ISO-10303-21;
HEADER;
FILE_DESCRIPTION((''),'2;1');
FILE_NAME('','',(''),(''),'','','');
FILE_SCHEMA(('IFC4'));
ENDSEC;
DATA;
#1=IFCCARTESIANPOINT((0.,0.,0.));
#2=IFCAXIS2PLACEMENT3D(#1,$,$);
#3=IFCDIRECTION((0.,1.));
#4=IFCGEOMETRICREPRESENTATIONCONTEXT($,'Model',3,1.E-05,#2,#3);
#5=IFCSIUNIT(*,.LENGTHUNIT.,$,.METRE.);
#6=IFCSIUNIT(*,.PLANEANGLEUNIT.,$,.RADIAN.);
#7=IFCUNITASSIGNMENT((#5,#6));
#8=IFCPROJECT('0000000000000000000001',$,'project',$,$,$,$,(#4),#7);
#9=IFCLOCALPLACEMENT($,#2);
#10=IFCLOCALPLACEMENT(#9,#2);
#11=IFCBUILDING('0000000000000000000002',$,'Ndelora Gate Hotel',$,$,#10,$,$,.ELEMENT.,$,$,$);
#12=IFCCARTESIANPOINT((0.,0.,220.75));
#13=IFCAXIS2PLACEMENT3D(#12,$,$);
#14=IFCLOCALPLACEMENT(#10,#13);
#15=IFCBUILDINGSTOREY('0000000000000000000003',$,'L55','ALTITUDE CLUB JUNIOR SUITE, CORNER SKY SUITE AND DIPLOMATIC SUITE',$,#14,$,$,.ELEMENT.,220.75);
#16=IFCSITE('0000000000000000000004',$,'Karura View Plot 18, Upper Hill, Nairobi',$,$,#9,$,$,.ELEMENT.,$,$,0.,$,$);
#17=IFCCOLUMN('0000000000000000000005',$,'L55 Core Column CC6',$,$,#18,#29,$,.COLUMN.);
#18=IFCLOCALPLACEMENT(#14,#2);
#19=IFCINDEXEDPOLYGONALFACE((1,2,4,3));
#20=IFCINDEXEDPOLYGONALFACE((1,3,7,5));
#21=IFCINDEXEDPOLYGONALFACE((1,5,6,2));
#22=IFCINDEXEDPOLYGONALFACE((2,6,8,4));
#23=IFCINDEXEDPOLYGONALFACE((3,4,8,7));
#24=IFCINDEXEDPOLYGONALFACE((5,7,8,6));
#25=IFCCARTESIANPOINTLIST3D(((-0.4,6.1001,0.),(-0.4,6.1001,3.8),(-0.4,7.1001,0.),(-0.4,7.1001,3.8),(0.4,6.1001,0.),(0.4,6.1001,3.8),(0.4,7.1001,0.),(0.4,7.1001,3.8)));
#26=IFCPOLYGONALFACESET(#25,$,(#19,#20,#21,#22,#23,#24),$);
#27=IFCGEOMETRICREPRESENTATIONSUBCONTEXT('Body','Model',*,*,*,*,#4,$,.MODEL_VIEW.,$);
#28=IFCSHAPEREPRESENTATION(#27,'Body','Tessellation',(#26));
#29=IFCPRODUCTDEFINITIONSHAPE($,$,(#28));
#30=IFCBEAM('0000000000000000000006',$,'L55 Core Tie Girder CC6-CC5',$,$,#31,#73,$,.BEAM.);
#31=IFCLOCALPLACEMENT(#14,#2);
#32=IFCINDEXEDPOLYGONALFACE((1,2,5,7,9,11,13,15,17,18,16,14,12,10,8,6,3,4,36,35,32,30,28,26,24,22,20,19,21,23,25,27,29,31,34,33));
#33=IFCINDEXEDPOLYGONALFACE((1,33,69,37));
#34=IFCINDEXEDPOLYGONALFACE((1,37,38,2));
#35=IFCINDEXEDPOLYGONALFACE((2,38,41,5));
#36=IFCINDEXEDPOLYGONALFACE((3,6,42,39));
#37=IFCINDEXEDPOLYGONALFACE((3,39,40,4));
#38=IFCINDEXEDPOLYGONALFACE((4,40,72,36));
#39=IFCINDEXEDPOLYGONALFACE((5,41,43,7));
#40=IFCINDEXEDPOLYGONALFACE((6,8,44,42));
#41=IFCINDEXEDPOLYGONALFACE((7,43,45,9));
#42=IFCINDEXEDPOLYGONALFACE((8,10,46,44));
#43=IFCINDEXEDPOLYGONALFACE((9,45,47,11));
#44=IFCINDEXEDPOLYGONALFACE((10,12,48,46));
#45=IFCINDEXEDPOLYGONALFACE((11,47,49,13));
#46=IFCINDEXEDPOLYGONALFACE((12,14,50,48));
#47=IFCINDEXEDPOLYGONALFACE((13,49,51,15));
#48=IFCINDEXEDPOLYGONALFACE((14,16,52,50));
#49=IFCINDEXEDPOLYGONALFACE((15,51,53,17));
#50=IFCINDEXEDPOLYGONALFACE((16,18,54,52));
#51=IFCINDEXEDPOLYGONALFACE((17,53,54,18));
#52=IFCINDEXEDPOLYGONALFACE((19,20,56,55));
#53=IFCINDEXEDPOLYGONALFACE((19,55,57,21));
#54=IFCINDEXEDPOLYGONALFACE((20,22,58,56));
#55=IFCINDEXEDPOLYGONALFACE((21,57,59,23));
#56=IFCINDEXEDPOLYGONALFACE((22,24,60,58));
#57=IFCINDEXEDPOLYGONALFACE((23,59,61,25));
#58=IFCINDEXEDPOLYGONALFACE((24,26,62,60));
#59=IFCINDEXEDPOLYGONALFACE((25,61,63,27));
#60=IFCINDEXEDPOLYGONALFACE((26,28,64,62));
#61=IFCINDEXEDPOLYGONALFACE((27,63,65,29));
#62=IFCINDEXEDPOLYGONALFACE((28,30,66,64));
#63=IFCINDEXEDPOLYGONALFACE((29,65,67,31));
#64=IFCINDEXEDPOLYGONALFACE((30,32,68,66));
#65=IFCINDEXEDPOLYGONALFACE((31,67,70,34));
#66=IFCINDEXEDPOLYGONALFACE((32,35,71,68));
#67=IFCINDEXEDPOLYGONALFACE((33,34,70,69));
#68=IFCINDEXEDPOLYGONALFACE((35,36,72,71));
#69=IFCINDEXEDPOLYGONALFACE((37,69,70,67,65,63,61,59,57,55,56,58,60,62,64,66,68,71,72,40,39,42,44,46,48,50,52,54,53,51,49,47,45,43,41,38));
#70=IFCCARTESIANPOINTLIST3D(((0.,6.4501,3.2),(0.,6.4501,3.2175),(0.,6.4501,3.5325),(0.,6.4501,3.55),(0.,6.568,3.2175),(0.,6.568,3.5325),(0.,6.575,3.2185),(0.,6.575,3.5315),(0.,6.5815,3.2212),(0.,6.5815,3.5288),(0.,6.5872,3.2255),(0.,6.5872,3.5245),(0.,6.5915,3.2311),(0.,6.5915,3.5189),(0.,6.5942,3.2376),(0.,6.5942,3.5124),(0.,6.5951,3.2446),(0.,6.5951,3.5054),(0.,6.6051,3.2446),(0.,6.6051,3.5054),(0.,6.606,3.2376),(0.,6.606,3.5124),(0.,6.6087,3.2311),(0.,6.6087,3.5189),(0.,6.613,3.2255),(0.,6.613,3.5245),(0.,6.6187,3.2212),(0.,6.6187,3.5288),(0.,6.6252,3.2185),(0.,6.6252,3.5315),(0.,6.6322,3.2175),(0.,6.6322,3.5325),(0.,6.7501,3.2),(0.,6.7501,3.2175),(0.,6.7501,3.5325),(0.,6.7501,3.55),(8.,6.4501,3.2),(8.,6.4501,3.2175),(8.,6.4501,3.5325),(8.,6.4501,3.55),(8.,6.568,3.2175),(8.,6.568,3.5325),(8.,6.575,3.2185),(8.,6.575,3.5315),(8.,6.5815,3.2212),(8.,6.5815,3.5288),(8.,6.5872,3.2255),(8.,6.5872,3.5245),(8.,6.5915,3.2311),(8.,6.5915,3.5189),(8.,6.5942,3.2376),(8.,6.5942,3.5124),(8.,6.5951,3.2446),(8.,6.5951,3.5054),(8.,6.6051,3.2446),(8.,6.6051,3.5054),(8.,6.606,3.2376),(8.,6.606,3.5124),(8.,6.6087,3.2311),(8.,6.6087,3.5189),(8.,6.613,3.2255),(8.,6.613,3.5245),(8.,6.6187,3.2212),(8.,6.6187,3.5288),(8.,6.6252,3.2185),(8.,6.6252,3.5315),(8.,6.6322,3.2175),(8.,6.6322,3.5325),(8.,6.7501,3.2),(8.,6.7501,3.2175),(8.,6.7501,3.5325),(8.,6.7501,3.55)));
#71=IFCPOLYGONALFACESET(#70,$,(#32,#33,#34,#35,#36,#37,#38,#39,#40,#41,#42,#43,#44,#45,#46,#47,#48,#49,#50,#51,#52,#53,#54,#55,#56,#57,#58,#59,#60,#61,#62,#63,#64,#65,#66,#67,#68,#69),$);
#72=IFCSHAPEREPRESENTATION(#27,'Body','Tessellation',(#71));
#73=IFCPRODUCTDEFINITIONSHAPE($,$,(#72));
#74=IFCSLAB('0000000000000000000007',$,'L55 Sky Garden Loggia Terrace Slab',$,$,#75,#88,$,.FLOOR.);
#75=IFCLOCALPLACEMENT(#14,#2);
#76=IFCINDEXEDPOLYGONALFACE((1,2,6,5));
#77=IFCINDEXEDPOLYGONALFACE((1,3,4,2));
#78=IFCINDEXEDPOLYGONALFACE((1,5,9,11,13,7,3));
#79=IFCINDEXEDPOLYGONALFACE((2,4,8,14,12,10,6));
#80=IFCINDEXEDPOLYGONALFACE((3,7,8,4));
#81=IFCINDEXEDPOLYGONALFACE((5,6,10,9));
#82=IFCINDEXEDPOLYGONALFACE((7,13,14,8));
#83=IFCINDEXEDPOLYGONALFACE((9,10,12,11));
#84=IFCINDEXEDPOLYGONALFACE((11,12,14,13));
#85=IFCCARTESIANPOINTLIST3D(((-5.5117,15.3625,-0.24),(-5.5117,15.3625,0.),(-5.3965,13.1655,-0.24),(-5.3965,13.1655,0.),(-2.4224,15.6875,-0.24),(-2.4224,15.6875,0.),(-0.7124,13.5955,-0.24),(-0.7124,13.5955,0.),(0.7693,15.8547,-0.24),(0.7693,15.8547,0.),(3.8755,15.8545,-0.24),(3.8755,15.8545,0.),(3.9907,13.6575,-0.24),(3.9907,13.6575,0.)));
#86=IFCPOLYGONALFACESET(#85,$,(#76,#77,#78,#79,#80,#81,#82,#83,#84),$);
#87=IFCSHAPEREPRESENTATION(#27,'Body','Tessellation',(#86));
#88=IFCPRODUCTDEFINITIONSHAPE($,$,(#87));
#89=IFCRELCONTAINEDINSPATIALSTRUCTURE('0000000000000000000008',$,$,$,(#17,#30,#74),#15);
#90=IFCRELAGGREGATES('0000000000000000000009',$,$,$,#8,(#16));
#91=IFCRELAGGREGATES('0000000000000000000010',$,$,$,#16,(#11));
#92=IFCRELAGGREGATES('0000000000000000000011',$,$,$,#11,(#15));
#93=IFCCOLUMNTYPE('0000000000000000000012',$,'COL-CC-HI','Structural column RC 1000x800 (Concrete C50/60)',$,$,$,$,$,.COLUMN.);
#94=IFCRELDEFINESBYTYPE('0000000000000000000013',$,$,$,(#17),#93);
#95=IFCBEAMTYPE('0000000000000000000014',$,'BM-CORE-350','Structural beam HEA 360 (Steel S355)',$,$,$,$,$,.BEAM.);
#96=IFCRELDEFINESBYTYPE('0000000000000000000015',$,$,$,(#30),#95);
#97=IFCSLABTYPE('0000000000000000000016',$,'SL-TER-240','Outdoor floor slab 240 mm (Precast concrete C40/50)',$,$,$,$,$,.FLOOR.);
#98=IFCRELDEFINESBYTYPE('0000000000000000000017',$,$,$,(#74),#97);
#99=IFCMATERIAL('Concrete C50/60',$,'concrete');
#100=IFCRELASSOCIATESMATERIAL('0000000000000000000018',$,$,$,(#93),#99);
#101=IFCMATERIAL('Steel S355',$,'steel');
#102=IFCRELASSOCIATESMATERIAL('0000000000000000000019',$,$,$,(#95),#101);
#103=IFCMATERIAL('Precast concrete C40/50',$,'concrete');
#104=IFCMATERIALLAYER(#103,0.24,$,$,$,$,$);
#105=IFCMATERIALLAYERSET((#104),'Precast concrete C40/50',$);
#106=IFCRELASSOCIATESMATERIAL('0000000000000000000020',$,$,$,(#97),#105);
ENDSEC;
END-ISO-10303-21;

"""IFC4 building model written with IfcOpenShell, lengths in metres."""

from ifc_helpers import new_model, si_unit, direction, frame, origin, origin_2d, place, context, subcontext, project, spatial, polyline, rectangle, i_section, outline, extrude, material, layer, layer_set, material_profile, profile_set, type_object, element, save


model = new_model("IFC4")

# Units and contexts
model_context = context("Model", 3, precision=1e-05, world=origin(), true_north=direction((0.0, 1.0)))
body_context = subcontext(model_context, "Body", "Model", "MODEL_VIEW")
ifc_project = project(units=[si_unit("LENGTHUNIT", "METRE"), si_unit("PLANEANGLEUNIT", "RADIAN")], contexts=[model_context])

# Site, building, storey
site_placement = place(None, origin())
site = spatial("IfcSite", under=ifc_project, at=site_placement, Name="Karura View Plot 18, Upper Hill, Nairobi", CompositionType="ELEMENT", RefElevation=0.0)
building_placement = place(site_placement, origin())
building = spatial("IfcBuilding", under=site, at=building_placement, Name="Ndelora Gate Hotel", CompositionType="ELEMENT")
storey_placement = place(building_placement, frame((0.0, 0.0, 220.75)))
storey = spatial("IfcBuildingStorey", under=building, at=storey_placement, Name="L55", Description="ALTITUDE CLUB JUNIOR SUITE, CORNER SKY SUITE AND DIPLOMATIC SUITE", CompositionType="ELEMENT", Elevation=220.75)

# Column
ifc_material_1 = material(Name="Concrete C50/60", Category="concrete")
ifc_material_profile_1 = material_profile(ifc_material_1, rectangle(XDim=0.8, YDim=1.0, at=origin_2d()), Name="RC 1000x800")
ifc_profile_set_1 = profile_set([ifc_material_profile_1], Name="Concrete C50/60")
column_type = type_object("IfcColumnType", Name="COL-CC-HI", Description="Structural column RC 1000x800 (Concrete C50/60)", PredefinedType="COLUMN", material=ifc_profile_set_1)
column_placement = place(storey_placement, frame((0.0, 6.6001, 0.0), z_axis=(0.0, 0.0, 1.0), x_axis=(1.0, 0.0, 0.0)))
element("IfcColumn", 1, at=column_placement, inside=storey, type_object=column_type, Name="L55 Core Column CC6", PredefinedType="COLUMN", context=body_context, shape_type="SweptSolid", body=[
    extrude(rectangle(XDim=0.8, YDim=1.0, at=origin_2d()), origin(), (0.0, 0.0, 1.0), 3.8),
])

# Beam
ifc_material_2 = material(Name="Steel S355", Category="steel")
ifc_material_profile_2 = material_profile(ifc_material_2, i_section(OverallWidth=0.3, OverallDepth=0.3501, WebThickness=0.01, FlangeThickness=0.0176, FilletRadius=0.0271, at=origin_2d()), Name="HEA 360")
ifc_profile_set_2 = profile_set([ifc_material_profile_2], Name="Steel S355")
beam_type = type_object("IfcBeamType", Name="BM-CORE-350", Description="Structural beam HEA 360 (Steel S355)", PredefinedType="BEAM", material=ifc_profile_set_2)
beam_placement = place(storey_placement, frame((0.0, 6.6001, 3.375), z_axis=(1.0, 0.0, 0.0), x_axis=(0.0, 1.0, 0.0)))
element("IfcBeam", 2, at=beam_placement, inside=storey, type_object=beam_type, Name="L55 Core Tie Girder CC6-CC5", PredefinedType="BEAM", context=body_context, shape_type="SweptSolid", body=[
    extrude(i_section(OverallWidth=0.3, OverallDepth=0.3501, WebThickness=0.01, FlangeThickness=0.0176, FilletRadius=0.0271, at=origin_2d()), origin(), (0.0, 0.0, 1.0), 8.0),
])

# Slab
ifc_material_3 = material(Name="Precast concrete C40/50", Category="concrete")
ifc_layer_1 = layer(ifc_material_3, 0.24)
ifc_layer_set_1 = layer_set([ifc_layer_1], Name="Precast concrete C40/50")
slab_type_1 = type_object("IfcSlabType", Name="SL-TER-240", Description="Outdoor floor slab 240 mm (Precast concrete C40/50)", PredefinedType="FLOOR", material=ifc_layer_set_1)
slab_1_placement = place(storey_placement, frame((0.0, 0.0, -0.24)))
element("IfcSlab", 3, at=slab_1_placement, inside=storey, type_object=slab_type_1, Name="L55 Sky Garden Loggia Terrace Slab", PredefinedType="FLOOR", context=body_context, shape_type="SweptSolid", body=[
    extrude(outline(polyline([(3.9907, 13.6575), (3.8755, 15.8545), (0.7693, 15.8547), (-2.4224, 15.6875), (-5.5117, 15.3625), (-5.3965, 13.1655), (-0.7124, 13.5955), (3.9907, 13.6575)])), origin(), (0.0, 0.0, 1.0), 0.24),
])

save(model, "model.ifc")
